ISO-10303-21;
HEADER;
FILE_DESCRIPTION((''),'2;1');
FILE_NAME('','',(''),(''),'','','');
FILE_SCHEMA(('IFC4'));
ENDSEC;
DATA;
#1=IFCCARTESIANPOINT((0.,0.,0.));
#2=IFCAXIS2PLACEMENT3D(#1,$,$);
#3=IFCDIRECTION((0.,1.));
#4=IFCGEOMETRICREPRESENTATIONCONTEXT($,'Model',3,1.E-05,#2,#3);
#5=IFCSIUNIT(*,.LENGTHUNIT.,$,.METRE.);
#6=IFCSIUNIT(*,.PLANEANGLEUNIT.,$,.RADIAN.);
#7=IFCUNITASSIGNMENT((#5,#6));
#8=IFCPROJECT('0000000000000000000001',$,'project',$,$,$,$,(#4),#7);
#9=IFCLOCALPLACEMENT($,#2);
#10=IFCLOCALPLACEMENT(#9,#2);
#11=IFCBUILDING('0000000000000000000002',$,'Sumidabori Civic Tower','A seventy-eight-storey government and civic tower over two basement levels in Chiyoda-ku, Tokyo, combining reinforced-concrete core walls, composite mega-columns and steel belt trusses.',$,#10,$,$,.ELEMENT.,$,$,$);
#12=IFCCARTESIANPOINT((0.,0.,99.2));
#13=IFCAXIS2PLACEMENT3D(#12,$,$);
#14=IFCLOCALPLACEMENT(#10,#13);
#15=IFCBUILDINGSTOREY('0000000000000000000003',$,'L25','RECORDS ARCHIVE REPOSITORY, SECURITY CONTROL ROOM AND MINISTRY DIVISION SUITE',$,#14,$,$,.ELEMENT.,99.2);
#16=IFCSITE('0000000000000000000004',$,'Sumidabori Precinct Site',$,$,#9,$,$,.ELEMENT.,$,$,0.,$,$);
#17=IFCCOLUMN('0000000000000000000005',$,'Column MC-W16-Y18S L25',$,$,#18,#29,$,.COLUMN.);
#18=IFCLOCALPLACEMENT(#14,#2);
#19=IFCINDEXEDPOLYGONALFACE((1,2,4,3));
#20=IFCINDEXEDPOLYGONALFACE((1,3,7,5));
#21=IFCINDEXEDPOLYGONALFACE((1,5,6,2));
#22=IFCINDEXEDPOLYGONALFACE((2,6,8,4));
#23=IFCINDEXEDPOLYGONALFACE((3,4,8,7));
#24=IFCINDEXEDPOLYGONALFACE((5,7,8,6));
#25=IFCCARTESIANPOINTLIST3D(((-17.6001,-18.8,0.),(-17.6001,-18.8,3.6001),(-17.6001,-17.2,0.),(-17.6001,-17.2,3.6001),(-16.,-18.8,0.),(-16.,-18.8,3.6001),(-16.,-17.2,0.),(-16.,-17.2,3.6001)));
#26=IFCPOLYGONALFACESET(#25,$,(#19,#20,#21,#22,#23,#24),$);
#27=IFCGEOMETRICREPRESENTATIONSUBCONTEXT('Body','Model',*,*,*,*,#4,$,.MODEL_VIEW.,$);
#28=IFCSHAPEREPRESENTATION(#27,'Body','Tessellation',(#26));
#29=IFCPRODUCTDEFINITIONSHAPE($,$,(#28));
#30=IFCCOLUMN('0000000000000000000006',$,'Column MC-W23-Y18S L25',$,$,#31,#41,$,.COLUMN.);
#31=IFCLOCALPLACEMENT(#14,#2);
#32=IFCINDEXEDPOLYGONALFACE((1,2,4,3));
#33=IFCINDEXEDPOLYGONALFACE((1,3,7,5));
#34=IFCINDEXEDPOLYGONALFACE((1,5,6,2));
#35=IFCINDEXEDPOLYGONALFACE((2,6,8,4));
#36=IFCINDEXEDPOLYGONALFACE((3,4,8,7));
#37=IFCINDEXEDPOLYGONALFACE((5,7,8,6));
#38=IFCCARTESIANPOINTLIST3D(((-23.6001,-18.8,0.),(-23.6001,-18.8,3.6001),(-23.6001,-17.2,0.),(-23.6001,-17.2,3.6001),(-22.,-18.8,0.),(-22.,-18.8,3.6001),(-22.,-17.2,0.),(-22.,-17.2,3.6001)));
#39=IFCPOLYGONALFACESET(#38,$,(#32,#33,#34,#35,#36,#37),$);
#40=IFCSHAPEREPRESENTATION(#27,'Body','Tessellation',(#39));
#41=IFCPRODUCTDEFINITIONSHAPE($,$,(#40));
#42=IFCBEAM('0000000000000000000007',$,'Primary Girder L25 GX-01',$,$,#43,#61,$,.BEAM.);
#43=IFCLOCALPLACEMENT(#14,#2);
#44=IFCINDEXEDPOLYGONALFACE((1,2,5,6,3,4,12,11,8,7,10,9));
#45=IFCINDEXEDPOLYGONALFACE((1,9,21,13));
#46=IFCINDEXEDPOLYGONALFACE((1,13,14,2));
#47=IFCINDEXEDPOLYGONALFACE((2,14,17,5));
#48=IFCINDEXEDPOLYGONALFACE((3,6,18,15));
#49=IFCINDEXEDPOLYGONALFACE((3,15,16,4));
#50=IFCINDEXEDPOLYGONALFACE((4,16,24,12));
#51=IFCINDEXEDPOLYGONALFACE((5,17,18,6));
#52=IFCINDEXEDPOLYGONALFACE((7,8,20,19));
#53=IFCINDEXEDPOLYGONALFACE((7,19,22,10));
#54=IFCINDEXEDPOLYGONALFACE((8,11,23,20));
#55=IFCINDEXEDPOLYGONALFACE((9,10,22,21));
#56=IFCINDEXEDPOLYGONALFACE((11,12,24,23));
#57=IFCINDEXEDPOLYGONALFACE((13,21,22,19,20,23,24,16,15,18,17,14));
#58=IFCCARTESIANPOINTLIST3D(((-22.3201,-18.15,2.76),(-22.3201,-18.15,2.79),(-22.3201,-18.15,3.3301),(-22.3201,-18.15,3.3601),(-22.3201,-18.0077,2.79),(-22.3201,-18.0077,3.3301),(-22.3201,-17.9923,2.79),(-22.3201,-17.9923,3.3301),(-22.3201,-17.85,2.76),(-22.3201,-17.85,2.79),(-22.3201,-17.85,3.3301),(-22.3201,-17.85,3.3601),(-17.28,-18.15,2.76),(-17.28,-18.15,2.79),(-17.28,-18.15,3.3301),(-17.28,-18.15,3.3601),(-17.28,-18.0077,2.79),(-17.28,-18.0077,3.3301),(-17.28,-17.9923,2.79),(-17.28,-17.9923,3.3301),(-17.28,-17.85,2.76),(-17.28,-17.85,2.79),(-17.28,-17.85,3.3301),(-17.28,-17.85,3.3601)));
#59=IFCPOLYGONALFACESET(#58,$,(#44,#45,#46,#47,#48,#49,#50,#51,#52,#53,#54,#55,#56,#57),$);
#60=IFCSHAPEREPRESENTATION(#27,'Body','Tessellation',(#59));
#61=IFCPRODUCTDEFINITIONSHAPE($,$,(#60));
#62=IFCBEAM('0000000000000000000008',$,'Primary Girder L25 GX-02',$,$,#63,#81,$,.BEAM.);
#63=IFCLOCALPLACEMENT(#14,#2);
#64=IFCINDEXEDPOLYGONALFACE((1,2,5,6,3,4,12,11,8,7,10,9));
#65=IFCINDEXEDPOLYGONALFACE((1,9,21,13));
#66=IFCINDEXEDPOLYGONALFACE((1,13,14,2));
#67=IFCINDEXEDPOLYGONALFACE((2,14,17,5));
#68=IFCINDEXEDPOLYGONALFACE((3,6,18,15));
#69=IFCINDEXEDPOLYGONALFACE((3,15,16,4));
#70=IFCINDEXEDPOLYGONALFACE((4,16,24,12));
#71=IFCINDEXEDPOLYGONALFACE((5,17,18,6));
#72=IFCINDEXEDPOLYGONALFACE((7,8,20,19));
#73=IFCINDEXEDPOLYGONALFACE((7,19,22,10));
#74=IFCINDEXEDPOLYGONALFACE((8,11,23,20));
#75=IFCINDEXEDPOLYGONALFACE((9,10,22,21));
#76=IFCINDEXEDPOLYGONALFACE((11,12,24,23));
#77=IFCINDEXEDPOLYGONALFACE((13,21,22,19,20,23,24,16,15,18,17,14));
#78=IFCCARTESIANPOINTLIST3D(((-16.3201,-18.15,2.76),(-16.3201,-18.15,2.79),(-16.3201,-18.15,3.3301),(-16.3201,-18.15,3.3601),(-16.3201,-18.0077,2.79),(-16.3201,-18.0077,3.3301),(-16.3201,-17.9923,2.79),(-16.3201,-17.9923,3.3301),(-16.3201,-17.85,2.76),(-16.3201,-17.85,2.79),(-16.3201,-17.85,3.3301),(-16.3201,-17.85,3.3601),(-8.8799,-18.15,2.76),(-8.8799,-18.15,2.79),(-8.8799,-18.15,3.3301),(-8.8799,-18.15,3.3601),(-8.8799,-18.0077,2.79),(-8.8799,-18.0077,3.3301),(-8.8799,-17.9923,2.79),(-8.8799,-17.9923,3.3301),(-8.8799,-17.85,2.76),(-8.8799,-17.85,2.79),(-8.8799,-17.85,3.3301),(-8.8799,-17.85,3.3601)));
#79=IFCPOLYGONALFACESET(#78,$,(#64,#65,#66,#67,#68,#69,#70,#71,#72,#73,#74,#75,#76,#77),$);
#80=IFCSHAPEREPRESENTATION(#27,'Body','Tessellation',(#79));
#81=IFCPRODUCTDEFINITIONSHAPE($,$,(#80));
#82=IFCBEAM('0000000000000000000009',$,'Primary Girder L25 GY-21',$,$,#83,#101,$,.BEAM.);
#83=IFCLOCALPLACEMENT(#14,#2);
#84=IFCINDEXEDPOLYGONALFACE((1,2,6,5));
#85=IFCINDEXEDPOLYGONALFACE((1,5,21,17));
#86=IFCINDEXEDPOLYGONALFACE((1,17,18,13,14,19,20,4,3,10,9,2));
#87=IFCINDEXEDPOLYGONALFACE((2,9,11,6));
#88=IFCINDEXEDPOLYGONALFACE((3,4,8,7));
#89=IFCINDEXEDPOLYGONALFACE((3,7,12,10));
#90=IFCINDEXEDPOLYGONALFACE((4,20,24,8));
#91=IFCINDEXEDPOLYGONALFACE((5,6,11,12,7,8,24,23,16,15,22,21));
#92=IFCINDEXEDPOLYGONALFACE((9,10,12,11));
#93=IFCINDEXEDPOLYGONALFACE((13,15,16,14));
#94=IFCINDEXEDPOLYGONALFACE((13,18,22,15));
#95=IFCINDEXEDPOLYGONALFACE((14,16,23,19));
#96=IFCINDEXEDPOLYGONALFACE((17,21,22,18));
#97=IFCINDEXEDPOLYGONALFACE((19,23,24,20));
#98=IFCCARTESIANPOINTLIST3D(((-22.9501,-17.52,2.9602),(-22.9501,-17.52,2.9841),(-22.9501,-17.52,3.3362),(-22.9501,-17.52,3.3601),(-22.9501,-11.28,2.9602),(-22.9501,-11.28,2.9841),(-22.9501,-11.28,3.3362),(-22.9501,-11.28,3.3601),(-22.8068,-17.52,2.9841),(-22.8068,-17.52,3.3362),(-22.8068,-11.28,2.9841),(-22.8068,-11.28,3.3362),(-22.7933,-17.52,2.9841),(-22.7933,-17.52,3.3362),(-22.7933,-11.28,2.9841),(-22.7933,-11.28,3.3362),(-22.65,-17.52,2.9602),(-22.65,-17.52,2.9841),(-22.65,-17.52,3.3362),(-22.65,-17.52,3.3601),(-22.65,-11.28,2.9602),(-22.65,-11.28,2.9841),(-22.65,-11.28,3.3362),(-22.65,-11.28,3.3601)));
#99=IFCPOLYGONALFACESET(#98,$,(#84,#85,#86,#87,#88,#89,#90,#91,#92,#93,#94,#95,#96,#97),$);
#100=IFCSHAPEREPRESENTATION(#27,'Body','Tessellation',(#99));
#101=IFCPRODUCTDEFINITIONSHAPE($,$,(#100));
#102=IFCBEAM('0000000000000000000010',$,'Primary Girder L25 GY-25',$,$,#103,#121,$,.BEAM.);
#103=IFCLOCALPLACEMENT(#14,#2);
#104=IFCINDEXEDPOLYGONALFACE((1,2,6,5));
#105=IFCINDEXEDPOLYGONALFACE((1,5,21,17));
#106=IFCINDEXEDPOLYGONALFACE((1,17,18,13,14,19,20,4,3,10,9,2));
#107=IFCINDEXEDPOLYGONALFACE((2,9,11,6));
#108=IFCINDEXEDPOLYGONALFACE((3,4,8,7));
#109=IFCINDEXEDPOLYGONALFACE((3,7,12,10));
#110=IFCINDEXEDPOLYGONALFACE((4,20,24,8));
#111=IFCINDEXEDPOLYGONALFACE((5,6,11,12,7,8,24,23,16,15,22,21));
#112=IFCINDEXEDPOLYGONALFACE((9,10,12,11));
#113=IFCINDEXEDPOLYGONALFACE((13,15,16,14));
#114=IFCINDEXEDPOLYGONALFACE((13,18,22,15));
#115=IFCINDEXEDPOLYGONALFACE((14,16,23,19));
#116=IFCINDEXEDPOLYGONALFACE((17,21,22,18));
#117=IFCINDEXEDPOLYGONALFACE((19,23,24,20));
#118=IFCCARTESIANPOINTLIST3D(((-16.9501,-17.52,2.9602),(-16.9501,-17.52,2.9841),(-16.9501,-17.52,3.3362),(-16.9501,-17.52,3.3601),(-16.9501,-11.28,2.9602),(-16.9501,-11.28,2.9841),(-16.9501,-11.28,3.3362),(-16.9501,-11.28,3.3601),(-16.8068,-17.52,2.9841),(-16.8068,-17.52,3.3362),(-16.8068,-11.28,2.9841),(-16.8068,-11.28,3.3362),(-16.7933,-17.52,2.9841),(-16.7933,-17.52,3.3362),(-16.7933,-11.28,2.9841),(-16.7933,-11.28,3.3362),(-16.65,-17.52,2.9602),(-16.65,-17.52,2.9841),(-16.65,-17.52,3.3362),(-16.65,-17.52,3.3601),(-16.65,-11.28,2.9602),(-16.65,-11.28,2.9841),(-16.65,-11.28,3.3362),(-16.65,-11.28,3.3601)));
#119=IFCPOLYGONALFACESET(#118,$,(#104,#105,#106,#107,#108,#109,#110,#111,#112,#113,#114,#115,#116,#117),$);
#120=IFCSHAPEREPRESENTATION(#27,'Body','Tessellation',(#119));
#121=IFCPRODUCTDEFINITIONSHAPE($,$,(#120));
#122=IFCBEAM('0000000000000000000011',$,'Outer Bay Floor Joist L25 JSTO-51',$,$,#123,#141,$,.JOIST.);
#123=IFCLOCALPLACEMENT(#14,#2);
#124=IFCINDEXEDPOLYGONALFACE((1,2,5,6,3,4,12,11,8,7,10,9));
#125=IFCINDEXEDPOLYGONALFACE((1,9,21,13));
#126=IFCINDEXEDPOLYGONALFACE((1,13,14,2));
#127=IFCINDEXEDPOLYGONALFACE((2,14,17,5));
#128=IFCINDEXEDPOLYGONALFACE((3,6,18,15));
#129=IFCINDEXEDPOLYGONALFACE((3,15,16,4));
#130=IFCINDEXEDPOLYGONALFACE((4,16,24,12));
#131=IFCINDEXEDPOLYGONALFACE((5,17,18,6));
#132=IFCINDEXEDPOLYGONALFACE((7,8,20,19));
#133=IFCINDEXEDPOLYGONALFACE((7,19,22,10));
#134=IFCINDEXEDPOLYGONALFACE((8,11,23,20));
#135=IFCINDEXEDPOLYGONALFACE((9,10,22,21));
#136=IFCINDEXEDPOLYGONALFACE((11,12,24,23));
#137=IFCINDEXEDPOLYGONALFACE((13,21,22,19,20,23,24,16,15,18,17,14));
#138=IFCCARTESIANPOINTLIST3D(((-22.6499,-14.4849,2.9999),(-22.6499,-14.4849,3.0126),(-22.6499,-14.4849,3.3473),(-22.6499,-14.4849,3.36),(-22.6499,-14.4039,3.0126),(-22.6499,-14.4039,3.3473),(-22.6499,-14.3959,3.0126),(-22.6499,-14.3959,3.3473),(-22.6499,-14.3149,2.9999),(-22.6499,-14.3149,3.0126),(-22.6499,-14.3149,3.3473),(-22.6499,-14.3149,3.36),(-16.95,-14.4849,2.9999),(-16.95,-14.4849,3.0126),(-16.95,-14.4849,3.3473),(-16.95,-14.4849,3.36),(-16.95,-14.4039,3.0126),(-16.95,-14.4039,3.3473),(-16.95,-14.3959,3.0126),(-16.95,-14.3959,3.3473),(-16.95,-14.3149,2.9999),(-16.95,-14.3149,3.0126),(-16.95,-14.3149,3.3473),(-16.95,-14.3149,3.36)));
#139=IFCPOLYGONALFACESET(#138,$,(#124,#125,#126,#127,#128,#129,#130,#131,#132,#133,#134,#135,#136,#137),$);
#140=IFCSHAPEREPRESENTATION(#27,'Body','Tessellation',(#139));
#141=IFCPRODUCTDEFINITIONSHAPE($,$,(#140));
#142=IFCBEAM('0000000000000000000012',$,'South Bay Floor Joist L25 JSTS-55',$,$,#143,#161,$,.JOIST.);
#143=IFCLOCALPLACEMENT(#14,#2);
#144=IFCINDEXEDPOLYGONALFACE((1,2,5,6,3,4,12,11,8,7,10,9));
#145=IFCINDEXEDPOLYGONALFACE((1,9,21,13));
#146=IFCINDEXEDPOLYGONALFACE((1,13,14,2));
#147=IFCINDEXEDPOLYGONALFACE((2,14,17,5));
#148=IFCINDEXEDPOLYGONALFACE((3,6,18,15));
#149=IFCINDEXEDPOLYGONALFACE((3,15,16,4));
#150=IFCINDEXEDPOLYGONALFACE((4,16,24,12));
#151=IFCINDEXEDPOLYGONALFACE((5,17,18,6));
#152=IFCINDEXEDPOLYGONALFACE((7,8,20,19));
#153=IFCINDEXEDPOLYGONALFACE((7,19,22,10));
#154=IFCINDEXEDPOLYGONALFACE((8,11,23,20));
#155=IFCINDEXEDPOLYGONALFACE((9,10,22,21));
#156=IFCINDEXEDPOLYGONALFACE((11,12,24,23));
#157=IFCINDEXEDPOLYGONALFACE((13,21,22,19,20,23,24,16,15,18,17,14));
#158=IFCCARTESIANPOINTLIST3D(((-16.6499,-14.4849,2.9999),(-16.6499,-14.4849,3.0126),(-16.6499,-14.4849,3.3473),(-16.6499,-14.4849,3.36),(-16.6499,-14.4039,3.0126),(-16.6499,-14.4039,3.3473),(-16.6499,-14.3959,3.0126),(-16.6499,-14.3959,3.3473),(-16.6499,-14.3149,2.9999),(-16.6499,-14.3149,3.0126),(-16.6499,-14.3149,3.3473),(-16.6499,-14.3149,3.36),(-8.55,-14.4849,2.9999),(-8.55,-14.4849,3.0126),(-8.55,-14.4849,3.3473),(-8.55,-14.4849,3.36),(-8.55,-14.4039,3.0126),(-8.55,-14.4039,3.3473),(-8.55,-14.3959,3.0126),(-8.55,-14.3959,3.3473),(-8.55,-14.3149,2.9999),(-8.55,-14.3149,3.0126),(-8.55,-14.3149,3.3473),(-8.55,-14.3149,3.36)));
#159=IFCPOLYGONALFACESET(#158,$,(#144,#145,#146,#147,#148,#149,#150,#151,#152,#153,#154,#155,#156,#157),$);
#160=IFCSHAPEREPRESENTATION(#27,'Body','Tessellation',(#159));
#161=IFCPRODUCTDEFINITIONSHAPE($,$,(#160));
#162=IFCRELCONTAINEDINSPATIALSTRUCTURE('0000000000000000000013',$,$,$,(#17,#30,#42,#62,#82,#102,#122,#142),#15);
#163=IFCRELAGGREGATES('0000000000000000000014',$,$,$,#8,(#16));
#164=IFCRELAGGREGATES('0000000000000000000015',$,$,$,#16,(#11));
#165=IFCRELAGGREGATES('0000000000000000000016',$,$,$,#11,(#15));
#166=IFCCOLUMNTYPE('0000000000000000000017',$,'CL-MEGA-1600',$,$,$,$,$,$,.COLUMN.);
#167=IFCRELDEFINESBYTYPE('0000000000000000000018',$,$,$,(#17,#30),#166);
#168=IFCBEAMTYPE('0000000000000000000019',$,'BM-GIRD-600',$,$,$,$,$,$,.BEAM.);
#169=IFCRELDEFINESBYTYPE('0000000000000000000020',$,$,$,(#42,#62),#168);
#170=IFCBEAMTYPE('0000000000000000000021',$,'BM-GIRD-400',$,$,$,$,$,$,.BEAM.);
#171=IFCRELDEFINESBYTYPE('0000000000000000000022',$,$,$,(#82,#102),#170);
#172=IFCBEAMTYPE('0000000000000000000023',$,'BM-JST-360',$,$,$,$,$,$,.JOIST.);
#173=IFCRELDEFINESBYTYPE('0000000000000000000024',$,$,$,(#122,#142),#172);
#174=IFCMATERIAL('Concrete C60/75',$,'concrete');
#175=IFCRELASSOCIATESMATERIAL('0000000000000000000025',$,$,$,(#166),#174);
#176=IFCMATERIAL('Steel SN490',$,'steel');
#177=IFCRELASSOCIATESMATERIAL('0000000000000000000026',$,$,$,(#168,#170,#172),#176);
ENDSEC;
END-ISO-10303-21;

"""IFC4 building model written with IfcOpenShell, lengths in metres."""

from ifc_helpers import new_model, si_unit, direction, frame, origin, origin_2d, place, context, subcontext, project, spatial, rectangle, i_section, extrude, source, transform, mapped, material, material_profile, profile_set, type_object, element, save


model = new_model("IFC4")

# Units and contexts
model_context = context("Model", 3, precision=1e-05, world=origin(), true_north=direction((0.0, 1.0)))
body_context = subcontext(model_context, "Body", "Model", "MODEL_VIEW")
ifc_project = project(units=[si_unit("LENGTHUNIT", "METRE"), si_unit("PLANEANGLEUNIT", "RADIAN")], contexts=[model_context])

# Site, building, storey
site_placement = place(None, origin())
site = spatial("IfcSite", under=ifc_project, at=site_placement, Name="Sumidabori Precinct Site", CompositionType="ELEMENT", RefElevation=0.0)
building_placement = place(site_placement, origin())
building = spatial("IfcBuilding", under=site, at=building_placement, Name="Sumidabori Civic Tower", Description="A seventy-eight-storey government and civic tower over two basement levels in Chiyoda-ku, Tokyo, combining reinforced-concrete core walls, composite mega-columns and steel belt trusses.", CompositionType="ELEMENT")
storey_placement = place(building_placement, frame((0.0, 0.0, 99.2)))
storey = spatial("IfcBuildingStorey", under=building, at=storey_placement, Name="L25", Description="RECORDS ARCHIVE REPOSITORY, SECURITY CONTROL ROOM AND MINISTRY DIVISION SUITE", CompositionType="ELEMENT", Elevation=99.2)

# Columns
ifc_material_1 = material(Name="Concrete C60/75", Category="concrete")
ifc_material_profile_1 = material_profile(ifc_material_1, rectangle(XDim=1.6001, YDim=1.6001, at=origin_2d()), Name="RC 1600x1600")
ifc_profile_set_1 = profile_set([ifc_material_profile_1], Name="Concrete C60/75")
column_type = type_object("IfcColumnType", Name="CL-MEGA-1600", PredefinedType="COLUMN", material=ifc_profile_set_1)
shared_shape_1 = source(origin(), body_context, "Body", "SweptSolid", [
    extrude(rectangle(XDim=1.6001, YDim=1.6001, at=origin_2d()), origin(), (0.0, 0.0, 1.0), 3.6001),
])
for number, where, z_axis, x_axis, name in (
    (1, (-16.8, -18.0, 0.0), (0.0, 0.0, 1.0), (1.0, 0.0, 0.0), "Column MC-W16-Y18S L25"),
    (2, (-22.8, -18.0, 0.0), (0.0, 0.0, 1.0), (1.0, 0.0, 0.0), "Column MC-W23-Y18S L25"),
):
    element("IfcColumn", number, at=place(storey_placement, frame(where, z_axis=z_axis, x_axis=x_axis)), inside=storey, type_object=column_type, Name=name, PredefinedType="COLUMN", context=body_context, shape_type="MappedRepresentation", body=[
        mapped(shared_shape_1, transform((0.0, 0.0, 0.0), x_axis=(1.0, 0.0, 0.0), y_axis=(0.0, 1.0, 0.0), z_axis=(0.0, 0.0, 1.0), scale=1.0)),
    ])

# Beams
ifc_material_2 = material(Name="Steel SN490", Category="steel")
ifc_material_profile_2 = material_profile(ifc_material_2, i_section(OverallWidth=0.3, OverallDepth=0.6001, WebThickness=0.0154, FlangeThickness=0.03, at=origin_2d()), Name="HE 600 B")
ifc_profile_set_2 = profile_set([ifc_material_profile_2], Name="Steel SN490")
beam_type_1 = type_object("IfcBeamType", Name="BM-GIRD-600", PredefinedType="BEAM", material=ifc_profile_set_2)
shared_shape_2 = source(origin(), body_context, "Body", "SweptSolid", [
    extrude(i_section(OverallWidth=0.3, OverallDepth=0.6001, WebThickness=0.0154, FlangeThickness=0.03, at=origin_2d()), origin(), (0.0, 0.0, 1.0), 5.04),
])
beam_1_placement = place(storey_placement, frame((-22.3201, -18.0, 3.0601), z_axis=(1.0, 0.0, 0.0), x_axis=(0.0, 1.0, 0.0)))
element("IfcBeam", 3, at=beam_1_placement, inside=storey, type_object=beam_type_1, Name="Primary Girder L25 GX-01", PredefinedType="BEAM", context=body_context, shape_type="MappedRepresentation", body=[
    mapped(shared_shape_2, transform((0.0, 0.0, 0.0), x_axis=(1.0, 0.0, 0.0), y_axis=(0.0, 1.0, 0.0), z_axis=(0.0, 0.0, 1.0), scale=1.0)),
])
shared_shape_3 = source(origin(), body_context, "Body", "SweptSolid", [
    extrude(i_section(OverallWidth=0.3, OverallDepth=0.6001, WebThickness=0.0154, FlangeThickness=0.03, at=origin_2d()), origin(), (0.0, 0.0, 1.0), 7.4402),
])
beam_2_placement = place(storey_placement, frame((-16.3201, -18.0, 3.0601), z_axis=(1.0, 0.0, 0.0), x_axis=(0.0, 1.0, 0.0)))
element("IfcBeam", 4, at=beam_2_placement, inside=storey, type_object=beam_type_1, Name="Primary Girder L25 GX-02", PredefinedType="BEAM", context=body_context, shape_type="MappedRepresentation", body=[
    mapped(shared_shape_3, transform((0.0, 0.0, 0.0), x_axis=(1.0, 0.0, 0.0), y_axis=(0.0, 1.0, 0.0), z_axis=(0.0, 0.0, 1.0), scale=1.0)),
])
ifc_material_profile_3 = material_profile(ifc_material_2, i_section(OverallWidth=0.3, OverallDepth=0.3999, WebThickness=0.0134, FlangeThickness=0.0239, at=origin_2d()), Name="HE 400 B")
ifc_profile_set_3 = profile_set([ifc_material_profile_3], Name="Steel SN490")
beam_type_2 = type_object("IfcBeamType", Name="BM-GIRD-400", PredefinedType="BEAM", material=ifc_profile_set_3)
shared_shape_4 = source(origin(), body_context, "Body", "SweptSolid", [
    extrude(i_section(OverallWidth=0.3, OverallDepth=0.3999, WebThickness=0.0134, FlangeThickness=0.0239, at=origin_2d()), origin(), (0.0, 0.0, 1.0), 6.24),
])
for number, where, z_axis, x_axis, name in (
    (5, (-22.8, -17.52, 3.1602), (0.0, 1.0, 0.0), (-1.0, 0.0, 0.0), "Primary Girder L25 GY-21"),
    (6, (-16.8, -17.52, 3.1602), (0.0, 1.0, 0.0), (-1.0, 0.0, 0.0), "Primary Girder L25 GY-25"),
):
    element("IfcBeam", number, at=place(storey_placement, frame(where, z_axis=z_axis, x_axis=x_axis)), inside=storey, type_object=beam_type_2, Name=name, PredefinedType="BEAM", context=body_context, shape_type="MappedRepresentation", body=[
        mapped(shared_shape_4, transform((0.0, 0.0, 0.0), x_axis=(1.0, 0.0, 0.0), y_axis=(0.0, 1.0, 0.0), z_axis=(0.0, 0.0, 1.0), scale=1.0)),
    ])
ifc_material_profile_4 = material_profile(ifc_material_2, i_section(OverallWidth=0.1699, OverallDepth=0.3601, WebThickness=0.0081, FlangeThickness=0.0127, at=origin_2d()), Name="IPE 360")
ifc_profile_set_4 = profile_set([ifc_material_profile_4], Name="Steel SN490")
beam_type_3 = type_object("IfcBeamType", Name="BM-JST-360", PredefinedType="JOIST", material=ifc_profile_set_4)
shared_shape_5 = source(origin(), body_context, "Body", "SweptSolid", [
    extrude(i_section(OverallWidth=0.1699, OverallDepth=0.3601, WebThickness=0.0081, FlangeThickness=0.0127, at=origin_2d()), origin(), (0.0, 0.0, 1.0), 5.7),
])
beam_3_placement = place(storey_placement, frame((-22.6499, -14.3999, 3.1799), z_axis=(1.0, 0.0, 0.0), x_axis=(0.0, 1.0, 0.0)))
element("IfcBeam", 7, at=beam_3_placement, inside=storey, type_object=beam_type_3, Name="Outer Bay Floor Joist L25 JSTO-51", PredefinedType="JOIST", context=body_context, shape_type="MappedRepresentation", body=[
    mapped(shared_shape_5, transform((0.0, 0.0, 0.0), x_axis=(1.0, 0.0, 0.0), y_axis=(0.0, 1.0, 0.0), z_axis=(0.0, 0.0, 1.0), scale=1.0)),
])
shared_shape_6 = source(origin(), body_context, "Body", "SweptSolid", [
    extrude(i_section(OverallWidth=0.1699, OverallDepth=0.3601, WebThickness=0.0081, FlangeThickness=0.0127, at=origin_2d()), origin(), (0.0, 0.0, 1.0), 8.0999),
])
beam_4_placement = place(storey_placement, frame((-16.6499, -14.3999, 3.1799), z_axis=(1.0, 0.0, 0.0), x_axis=(0.0, 1.0, 0.0)))
element("IfcBeam", 8, at=beam_4_placement, inside=storey, type_object=beam_type_3, Name="South Bay Floor Joist L25 JSTS-55", PredefinedType="JOIST", context=body_context, shape_type="MappedRepresentation", body=[
    mapped(shared_shape_6, transform((0.0, 0.0, 0.0), x_axis=(1.0, 0.0, 0.0), y_axis=(0.0, 1.0, 0.0), z_axis=(0.0, 0.0, 1.0), scale=1.0)),
])

save(model, "model.ifc")
